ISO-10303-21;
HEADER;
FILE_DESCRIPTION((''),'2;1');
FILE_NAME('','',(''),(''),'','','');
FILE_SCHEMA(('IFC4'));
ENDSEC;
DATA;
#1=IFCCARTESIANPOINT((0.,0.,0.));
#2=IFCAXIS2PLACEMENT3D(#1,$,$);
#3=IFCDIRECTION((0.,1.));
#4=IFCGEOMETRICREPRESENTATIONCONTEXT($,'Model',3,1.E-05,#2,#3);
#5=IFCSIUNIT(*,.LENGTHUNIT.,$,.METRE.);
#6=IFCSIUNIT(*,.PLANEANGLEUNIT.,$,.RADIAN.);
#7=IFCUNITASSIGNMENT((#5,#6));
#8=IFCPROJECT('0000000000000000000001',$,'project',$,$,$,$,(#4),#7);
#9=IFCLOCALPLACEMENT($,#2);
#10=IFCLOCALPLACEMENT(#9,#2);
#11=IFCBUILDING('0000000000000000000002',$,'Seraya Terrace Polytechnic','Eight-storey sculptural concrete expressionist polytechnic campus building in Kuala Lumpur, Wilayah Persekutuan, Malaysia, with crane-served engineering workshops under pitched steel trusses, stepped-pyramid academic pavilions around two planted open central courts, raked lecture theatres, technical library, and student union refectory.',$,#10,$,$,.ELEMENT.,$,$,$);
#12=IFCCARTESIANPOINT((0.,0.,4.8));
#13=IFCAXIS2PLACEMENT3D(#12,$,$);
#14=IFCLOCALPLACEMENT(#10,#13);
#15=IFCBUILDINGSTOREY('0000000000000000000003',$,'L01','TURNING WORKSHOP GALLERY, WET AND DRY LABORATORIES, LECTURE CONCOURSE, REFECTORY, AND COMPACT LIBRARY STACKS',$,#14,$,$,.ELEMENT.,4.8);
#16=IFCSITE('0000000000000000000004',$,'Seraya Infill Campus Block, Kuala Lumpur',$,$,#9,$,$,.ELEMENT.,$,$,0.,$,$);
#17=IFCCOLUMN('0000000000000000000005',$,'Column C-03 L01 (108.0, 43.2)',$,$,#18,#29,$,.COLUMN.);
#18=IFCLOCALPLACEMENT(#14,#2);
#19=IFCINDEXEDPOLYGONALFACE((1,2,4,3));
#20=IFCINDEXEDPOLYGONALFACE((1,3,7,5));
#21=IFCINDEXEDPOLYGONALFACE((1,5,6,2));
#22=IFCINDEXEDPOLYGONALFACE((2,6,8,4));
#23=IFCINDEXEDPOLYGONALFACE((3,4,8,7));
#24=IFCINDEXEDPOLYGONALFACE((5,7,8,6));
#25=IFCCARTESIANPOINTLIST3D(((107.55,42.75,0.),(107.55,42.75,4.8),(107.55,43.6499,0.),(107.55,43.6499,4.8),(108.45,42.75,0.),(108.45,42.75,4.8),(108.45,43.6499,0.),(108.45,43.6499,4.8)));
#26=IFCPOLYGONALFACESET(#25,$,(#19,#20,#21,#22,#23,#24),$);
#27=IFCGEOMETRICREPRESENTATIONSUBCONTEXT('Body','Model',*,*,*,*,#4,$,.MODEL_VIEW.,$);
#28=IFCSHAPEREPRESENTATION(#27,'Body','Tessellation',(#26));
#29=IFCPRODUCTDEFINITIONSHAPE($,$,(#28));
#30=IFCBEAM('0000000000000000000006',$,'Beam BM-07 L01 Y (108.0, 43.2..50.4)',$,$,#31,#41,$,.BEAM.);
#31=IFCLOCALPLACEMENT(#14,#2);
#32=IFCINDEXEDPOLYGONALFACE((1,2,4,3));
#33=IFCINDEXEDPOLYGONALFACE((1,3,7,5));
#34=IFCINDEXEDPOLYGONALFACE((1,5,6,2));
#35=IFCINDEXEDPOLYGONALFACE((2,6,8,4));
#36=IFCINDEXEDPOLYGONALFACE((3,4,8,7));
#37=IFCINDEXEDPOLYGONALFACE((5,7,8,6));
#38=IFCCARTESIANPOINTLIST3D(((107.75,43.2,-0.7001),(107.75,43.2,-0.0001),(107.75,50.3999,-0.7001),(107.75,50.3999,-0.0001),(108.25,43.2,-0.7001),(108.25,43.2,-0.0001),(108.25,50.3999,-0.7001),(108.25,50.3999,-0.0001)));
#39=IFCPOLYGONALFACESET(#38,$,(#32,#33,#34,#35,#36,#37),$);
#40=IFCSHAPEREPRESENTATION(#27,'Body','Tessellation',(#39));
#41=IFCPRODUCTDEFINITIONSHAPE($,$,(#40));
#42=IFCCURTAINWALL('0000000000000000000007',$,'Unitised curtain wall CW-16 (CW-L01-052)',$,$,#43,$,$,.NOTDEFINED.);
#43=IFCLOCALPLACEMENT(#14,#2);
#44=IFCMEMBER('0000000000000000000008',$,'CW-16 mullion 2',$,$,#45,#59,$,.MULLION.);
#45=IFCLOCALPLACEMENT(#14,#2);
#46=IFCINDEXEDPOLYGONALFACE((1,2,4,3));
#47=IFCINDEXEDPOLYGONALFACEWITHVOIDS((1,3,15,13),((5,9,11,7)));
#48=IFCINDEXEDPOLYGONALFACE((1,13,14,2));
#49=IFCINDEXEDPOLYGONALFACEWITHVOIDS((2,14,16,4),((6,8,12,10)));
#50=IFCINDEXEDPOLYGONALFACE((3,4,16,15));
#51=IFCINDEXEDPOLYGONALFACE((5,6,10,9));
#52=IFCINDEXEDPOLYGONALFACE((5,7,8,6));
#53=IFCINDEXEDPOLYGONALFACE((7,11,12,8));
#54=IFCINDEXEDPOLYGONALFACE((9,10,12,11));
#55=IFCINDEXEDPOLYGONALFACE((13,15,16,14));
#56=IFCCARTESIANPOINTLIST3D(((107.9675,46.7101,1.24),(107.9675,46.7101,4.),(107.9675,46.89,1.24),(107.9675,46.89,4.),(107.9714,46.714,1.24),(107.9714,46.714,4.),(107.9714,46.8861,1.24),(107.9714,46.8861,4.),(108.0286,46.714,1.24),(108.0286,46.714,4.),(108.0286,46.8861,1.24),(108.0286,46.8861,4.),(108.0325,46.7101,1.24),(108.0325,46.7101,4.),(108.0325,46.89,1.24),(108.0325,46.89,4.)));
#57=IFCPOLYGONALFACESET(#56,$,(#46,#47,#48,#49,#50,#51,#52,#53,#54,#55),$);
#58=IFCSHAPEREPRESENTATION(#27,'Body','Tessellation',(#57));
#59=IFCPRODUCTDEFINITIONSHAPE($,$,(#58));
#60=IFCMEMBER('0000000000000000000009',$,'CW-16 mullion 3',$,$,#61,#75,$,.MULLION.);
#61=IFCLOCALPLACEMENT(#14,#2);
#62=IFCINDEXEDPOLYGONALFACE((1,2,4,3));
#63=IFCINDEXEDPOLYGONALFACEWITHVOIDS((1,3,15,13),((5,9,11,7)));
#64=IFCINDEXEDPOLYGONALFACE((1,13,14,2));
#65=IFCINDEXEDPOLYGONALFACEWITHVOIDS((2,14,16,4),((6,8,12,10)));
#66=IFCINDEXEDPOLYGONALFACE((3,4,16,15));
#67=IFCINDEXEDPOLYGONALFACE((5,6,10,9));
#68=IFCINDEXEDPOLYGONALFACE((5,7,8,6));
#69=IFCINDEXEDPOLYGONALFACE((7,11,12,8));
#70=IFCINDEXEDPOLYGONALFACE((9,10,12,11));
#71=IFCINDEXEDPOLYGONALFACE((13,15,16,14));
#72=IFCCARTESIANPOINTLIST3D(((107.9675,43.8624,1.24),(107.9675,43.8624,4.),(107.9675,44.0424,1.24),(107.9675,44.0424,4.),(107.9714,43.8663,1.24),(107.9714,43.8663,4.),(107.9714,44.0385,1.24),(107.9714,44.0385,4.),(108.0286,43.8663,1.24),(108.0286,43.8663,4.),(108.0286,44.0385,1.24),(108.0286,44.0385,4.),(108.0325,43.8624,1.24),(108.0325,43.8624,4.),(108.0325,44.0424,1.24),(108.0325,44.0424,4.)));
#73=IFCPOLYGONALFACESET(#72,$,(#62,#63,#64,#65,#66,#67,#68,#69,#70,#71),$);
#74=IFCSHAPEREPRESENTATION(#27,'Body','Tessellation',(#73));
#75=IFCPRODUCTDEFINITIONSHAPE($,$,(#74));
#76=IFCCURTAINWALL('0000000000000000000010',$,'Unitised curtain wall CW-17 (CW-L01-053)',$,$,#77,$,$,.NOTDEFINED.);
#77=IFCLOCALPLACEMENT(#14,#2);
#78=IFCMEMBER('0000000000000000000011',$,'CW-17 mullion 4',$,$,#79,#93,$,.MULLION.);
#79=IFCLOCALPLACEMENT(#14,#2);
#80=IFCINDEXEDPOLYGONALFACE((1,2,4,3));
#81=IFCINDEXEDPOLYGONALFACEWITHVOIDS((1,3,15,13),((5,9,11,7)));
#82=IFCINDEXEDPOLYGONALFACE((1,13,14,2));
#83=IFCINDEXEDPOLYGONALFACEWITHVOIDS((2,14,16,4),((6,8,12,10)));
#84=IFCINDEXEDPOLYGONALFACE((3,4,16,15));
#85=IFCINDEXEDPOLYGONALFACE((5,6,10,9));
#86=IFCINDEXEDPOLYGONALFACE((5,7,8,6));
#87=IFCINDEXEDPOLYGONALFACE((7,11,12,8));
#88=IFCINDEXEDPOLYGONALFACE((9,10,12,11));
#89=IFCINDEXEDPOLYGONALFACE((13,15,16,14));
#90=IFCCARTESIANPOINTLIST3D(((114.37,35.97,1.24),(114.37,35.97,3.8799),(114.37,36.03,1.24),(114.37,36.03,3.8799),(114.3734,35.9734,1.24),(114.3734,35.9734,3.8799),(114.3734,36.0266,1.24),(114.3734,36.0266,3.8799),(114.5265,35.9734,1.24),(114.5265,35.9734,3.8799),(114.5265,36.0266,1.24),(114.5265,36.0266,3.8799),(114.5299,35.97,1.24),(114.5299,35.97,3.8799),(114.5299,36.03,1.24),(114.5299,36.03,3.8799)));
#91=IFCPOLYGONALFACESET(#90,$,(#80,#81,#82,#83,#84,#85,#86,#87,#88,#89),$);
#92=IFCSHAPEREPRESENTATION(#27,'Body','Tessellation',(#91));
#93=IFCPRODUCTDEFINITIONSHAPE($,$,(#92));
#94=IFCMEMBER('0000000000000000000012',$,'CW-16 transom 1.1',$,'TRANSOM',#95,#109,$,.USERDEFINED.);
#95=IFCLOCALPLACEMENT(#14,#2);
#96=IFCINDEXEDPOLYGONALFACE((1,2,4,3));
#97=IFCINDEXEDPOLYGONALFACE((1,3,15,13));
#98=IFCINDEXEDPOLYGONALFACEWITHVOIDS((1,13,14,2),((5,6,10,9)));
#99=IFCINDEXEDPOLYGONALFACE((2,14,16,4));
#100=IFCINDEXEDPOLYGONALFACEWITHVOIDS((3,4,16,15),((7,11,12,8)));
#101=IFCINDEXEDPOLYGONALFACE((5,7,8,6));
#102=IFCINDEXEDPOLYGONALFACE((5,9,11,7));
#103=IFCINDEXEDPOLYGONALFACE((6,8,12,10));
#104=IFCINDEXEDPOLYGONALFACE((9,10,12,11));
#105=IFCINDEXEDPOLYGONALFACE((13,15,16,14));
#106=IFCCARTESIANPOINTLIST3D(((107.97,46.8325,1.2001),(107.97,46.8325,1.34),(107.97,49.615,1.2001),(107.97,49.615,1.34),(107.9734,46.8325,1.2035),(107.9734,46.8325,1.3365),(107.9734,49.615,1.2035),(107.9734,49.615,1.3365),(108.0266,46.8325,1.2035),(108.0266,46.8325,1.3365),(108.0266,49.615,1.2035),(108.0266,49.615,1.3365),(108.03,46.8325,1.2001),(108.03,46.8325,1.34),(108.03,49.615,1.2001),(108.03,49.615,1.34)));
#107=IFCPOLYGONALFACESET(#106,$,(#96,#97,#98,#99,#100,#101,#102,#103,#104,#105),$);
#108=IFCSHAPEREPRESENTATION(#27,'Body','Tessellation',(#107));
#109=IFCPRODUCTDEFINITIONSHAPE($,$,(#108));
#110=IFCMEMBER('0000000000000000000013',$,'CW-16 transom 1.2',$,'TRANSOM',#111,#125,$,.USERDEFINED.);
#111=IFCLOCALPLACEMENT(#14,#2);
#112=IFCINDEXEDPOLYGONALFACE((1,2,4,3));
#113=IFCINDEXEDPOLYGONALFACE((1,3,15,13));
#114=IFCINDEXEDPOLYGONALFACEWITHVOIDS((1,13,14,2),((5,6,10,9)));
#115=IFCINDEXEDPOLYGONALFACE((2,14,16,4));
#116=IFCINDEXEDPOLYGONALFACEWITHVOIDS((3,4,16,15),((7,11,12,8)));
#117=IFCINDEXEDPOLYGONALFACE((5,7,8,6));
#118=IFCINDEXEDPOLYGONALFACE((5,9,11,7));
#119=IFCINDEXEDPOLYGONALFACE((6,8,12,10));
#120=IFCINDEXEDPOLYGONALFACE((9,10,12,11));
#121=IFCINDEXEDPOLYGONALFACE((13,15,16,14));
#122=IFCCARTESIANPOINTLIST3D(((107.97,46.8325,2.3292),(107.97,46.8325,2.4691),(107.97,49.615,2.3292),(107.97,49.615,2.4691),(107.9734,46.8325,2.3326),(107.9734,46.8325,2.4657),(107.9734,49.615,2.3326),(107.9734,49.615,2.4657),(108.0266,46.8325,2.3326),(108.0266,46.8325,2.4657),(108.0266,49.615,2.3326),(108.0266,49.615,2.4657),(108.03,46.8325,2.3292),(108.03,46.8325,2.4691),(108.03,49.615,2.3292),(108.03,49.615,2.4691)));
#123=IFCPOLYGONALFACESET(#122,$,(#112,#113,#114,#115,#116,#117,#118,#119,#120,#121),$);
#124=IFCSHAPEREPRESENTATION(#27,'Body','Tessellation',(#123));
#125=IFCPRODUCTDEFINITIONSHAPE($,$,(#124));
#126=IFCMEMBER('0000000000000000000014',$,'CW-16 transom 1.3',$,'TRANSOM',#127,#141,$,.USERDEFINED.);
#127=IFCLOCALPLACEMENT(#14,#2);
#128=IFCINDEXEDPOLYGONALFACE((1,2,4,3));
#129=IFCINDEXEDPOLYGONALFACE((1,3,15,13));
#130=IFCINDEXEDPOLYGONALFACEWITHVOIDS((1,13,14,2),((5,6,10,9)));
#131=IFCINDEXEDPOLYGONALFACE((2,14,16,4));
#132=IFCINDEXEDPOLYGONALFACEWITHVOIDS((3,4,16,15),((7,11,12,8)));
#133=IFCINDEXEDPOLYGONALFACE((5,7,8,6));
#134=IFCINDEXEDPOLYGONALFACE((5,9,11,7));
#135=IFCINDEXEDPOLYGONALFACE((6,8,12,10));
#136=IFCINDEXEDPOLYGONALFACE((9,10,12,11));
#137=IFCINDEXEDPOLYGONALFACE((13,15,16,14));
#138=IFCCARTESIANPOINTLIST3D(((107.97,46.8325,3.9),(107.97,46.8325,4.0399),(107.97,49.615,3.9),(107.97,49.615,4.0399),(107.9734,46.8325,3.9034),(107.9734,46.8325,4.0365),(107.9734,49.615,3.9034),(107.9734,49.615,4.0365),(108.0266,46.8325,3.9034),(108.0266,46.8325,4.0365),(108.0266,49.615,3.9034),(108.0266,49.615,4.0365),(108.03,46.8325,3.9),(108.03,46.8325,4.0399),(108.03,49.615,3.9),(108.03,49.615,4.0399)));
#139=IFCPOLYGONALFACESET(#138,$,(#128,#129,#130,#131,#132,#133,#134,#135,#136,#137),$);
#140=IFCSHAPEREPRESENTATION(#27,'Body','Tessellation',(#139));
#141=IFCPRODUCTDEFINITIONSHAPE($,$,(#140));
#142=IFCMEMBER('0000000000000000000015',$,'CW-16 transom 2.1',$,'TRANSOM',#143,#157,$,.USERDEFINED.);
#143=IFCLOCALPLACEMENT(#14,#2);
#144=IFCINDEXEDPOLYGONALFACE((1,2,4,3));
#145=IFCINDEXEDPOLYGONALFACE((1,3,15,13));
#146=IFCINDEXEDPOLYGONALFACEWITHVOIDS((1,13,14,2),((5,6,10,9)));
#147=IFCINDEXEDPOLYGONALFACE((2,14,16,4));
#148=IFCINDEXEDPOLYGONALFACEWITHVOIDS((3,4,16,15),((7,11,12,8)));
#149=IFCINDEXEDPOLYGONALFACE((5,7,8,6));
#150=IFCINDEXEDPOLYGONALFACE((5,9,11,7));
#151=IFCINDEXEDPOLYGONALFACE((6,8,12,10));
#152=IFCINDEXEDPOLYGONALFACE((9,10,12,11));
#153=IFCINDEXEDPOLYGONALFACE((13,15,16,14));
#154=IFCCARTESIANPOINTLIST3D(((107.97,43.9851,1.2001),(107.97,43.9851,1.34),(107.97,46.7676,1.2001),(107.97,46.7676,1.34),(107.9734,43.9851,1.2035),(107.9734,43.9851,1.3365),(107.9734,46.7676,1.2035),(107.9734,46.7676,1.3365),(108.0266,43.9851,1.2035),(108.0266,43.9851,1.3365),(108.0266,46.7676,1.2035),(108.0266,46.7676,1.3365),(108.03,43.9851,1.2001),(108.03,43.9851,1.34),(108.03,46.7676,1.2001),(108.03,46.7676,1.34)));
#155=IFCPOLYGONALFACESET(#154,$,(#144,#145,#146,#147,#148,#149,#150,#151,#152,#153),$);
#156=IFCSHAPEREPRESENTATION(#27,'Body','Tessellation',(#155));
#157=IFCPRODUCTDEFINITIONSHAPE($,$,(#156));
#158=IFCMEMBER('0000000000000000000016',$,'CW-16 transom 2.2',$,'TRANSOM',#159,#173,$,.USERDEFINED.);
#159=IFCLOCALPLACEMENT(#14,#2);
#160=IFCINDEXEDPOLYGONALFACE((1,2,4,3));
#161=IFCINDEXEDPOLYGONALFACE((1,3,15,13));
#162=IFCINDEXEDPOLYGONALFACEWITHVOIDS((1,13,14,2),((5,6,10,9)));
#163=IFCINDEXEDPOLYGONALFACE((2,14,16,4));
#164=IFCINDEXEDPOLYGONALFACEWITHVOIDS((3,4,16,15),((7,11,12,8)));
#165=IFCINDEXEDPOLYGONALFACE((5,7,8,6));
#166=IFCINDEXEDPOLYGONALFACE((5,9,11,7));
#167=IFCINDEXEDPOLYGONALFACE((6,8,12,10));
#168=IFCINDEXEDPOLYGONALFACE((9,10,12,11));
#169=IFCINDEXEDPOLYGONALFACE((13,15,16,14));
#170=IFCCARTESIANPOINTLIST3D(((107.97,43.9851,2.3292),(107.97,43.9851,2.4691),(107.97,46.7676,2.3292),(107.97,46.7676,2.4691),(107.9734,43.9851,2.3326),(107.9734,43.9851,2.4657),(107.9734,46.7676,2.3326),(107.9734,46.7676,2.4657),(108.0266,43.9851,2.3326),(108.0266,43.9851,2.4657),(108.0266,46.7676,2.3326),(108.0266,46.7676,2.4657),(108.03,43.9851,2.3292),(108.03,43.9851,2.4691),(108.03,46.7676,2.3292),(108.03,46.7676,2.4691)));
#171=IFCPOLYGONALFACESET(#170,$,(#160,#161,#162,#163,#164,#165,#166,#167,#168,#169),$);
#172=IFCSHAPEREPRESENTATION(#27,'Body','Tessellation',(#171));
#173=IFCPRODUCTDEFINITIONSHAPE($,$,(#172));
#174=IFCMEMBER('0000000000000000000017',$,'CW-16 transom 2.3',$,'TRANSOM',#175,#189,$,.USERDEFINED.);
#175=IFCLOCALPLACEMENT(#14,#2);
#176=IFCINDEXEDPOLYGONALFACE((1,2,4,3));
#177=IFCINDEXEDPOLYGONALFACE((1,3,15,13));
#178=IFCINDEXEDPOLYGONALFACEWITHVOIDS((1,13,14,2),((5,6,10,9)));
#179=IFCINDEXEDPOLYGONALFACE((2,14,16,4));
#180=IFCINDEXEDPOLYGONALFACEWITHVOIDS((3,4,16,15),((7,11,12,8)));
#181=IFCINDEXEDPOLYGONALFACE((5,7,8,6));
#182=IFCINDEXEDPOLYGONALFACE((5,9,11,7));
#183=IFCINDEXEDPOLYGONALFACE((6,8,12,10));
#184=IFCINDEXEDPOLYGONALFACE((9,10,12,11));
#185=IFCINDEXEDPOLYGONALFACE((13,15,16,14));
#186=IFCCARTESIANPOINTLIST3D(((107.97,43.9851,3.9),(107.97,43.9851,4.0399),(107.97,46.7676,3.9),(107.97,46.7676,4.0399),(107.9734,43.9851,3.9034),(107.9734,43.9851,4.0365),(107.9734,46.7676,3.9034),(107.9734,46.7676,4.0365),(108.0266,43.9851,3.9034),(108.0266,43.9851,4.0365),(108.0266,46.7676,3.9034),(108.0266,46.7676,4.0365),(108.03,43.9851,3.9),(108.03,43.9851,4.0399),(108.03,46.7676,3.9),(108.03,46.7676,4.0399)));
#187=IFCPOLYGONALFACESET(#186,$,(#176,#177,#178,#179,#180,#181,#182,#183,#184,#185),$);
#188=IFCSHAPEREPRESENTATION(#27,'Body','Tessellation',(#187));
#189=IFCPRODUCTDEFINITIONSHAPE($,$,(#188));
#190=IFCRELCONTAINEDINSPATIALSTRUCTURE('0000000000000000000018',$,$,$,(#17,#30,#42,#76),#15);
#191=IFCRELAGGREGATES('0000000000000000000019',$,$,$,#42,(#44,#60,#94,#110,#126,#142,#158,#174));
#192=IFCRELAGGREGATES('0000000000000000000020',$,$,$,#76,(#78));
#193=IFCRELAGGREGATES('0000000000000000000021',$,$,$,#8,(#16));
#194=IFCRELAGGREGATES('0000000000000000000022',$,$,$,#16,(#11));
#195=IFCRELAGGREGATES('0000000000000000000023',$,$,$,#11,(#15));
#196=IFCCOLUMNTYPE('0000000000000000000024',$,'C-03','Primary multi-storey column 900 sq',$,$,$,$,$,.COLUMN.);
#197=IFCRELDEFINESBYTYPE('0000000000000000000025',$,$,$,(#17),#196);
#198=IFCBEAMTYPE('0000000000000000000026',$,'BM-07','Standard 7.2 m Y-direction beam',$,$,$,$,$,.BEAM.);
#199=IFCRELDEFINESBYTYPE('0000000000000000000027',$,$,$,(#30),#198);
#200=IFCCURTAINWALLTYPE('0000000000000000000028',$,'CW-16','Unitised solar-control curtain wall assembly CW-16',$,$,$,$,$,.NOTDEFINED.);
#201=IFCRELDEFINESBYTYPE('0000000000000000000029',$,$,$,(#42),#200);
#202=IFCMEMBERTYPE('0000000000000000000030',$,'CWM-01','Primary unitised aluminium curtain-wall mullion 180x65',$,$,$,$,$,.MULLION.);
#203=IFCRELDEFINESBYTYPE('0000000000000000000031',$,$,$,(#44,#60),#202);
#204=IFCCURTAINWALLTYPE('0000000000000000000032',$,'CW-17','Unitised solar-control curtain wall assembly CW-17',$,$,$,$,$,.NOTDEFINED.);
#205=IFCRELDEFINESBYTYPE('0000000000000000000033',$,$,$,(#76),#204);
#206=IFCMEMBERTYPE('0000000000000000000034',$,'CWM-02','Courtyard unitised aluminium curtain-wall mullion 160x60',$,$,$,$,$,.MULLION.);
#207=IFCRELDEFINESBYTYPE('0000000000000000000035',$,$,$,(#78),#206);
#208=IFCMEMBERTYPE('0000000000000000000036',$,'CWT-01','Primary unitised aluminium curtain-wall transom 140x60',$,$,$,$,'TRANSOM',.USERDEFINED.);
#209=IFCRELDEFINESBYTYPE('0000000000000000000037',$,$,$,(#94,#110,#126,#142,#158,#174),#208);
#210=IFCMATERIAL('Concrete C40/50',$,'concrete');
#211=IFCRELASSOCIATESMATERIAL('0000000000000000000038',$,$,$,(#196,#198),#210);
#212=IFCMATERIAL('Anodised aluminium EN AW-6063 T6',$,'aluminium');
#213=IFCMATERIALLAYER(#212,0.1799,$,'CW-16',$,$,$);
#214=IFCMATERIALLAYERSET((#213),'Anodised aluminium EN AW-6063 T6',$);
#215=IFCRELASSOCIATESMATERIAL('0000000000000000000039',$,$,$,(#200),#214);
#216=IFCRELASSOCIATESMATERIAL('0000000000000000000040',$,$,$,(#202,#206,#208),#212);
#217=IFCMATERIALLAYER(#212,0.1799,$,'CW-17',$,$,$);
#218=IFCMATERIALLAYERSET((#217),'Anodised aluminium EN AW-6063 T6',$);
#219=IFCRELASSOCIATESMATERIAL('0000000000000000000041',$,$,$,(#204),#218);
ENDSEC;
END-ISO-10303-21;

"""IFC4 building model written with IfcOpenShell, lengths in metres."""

from ifc_helpers import new_model, si_unit, direction, frame, origin, origin_2d, place, context, subcontext, project, spatial, rectangle, hollow_rectangle, extrude, material, layer, layer_set, material_profile, profile_set, type_object, element, aggregate, save


model = new_model("IFC4")

# Units and contexts
model_context = context("Model", 3, precision=1e-05, world=origin(), true_north=direction((0.0, 1.0)))
body_context = subcontext(model_context, "Body", "Model", "MODEL_VIEW")
ifc_project = project(units=[si_unit("LENGTHUNIT", "METRE"), si_unit("PLANEANGLEUNIT", "RADIAN")], contexts=[model_context])

# Site, building, storey
site_placement = place(None, origin())
site = spatial("IfcSite", under=ifc_project, at=site_placement, Name="Seraya Infill Campus Block, Kuala Lumpur", CompositionType="ELEMENT", RefElevation=0.0)
building_placement = place(site_placement, origin())
building = spatial("IfcBuilding", under=site, at=building_placement, Name="Seraya Terrace Polytechnic", Description="Eight-storey sculptural concrete expressionist polytechnic campus building in Kuala Lumpur, Wilayah Persekutuan, Malaysia, with crane-served engineering workshops under pitched steel trusses, stepped-pyramid academic pavilions around two planted open central courts, raked lecture theatres, technical library, and student union refectory.", CompositionType="ELEMENT")
storey_placement = place(building_placement, frame((0.0, 0.0, 4.8)))
storey = spatial("IfcBuildingStorey", under=building, at=storey_placement, Name="L01", Description="TURNING WORKSHOP GALLERY, WET AND DRY LABORATORIES, LECTURE CONCOURSE, REFECTORY, AND COMPACT LIBRARY STACKS", CompositionType="ELEMENT", Elevation=4.8)

# Column
ifc_material_1 = material(Name="Concrete C40/50", Category="concrete")
ifc_material_profile_1 = material_profile(ifc_material_1, rectangle(XDim=0.8999, YDim=0.8999, at=origin_2d()), Name="RC 900x900")
ifc_profile_set_1 = profile_set([ifc_material_profile_1], Name="Concrete C40/50")
column_type = type_object("IfcColumnType", Name="C-03", Description="Primary multi-storey column 900 sq", PredefinedType="COLUMN", material=ifc_profile_set_1)
column_placement = place(storey_placement, frame((108.0, 43.2, 0.0), z_axis=(0.0, 0.0, 1.0), x_axis=(1.0, 0.0, 0.0)))
element("IfcColumn", 1, at=column_placement, inside=storey, type_object=column_type, Name="Column C-03 L01 (108.0, 43.2)", PredefinedType="COLUMN", context=body_context, shape_type="SweptSolid", body=[
    extrude(rectangle(XDim=0.8999, YDim=0.8999, at=origin_2d()), origin(), (0.0, 0.0, 1.0), 4.8),
])

# Beam
ifc_material_profile_2 = material_profile(ifc_material_1, rectangle(XDim=0.5, YDim=0.7, at=origin_2d()), Name="RC 500x700")
ifc_profile_set_2 = profile_set([ifc_material_profile_2], Name="Concrete C40/50")
beam_type = type_object("IfcBeamType", Name="BM-07", Description="Standard 7.2 m Y-direction beam", PredefinedType="BEAM", material=ifc_profile_set_2)
beam_placement = place(storey_placement, frame((108.0, 43.2, -0.3501), z_axis=(0.0, 1.0, 0.0), x_axis=(-1.0, 0.0, 0.0)))
element("IfcBeam", 2, at=beam_placement, inside=storey, type_object=beam_type, Name="Beam BM-07 L01 Y (108.0, 43.2..50.4)", PredefinedType="BEAM", context=body_context, shape_type="SweptSolid", body=[
    extrude(rectangle(XDim=0.5, YDim=0.7, at=origin_2d()), origin(), (0.0, 0.0, 1.0), 7.2),
])

# Curtain wall, members
ifc_material_2 = material(Name="Anodised aluminium EN AW-6063 T6", Category="aluminium")
ifc_layer_1 = layer(ifc_material_2, 0.1799, Name="CW-16")
ifc_layer_set_1 = layer_set([ifc_layer_1], Name="Anodised aluminium EN AW-6063 T6")
curtain_wall_type_1 = type_object("IfcCurtainWallType", Name="CW-16", Description="Unitised solar-control curtain wall assembly CW-16", PredefinedType="NOTDEFINED", material=ifc_layer_set_1)
curtain_wall_1_placement = place(storey_placement, origin())
curtain_wall_1 = element("IfcCurtainWall", 3, at=curtain_wall_1_placement, inside=storey, type_object=curtain_wall_type_1, Name="Unitised curtain wall CW-16 (CW-L01-052)", PredefinedType="NOTDEFINED")
ifc_material_profile_3 = material_profile(ifc_material_2, hollow_rectangle(XDim=0.0649, YDim=0.1799, WallThickness=0.0039, at=origin_2d()), Name="RHS 180x65x4.0")
ifc_profile_set_3 = profile_set([ifc_material_profile_3], Name="Anodised aluminium EN AW-6063 T6")
member_type_1 = type_object("IfcMemberType", Name="CWM-01", Description="Primary unitised aluminium curtain-wall mullion 180x65", PredefinedType="MULLION", material=ifc_profile_set_3)
member_1_placement = place(storey_placement, frame((108.0, 46.8, 1.24), z_axis=(0.0, 0.0, 1.0), x_axis=(1.0, 0.0, 0.0)))
member_1 = element("IfcMember", 4, at=member_1_placement, type_object=member_type_1, Name="CW-16 mullion 2", PredefinedType="MULLION", context=body_context, shape_type="SweptSolid", body=[
    extrude(hollow_rectangle(XDim=0.0649, YDim=0.1799, WallThickness=0.0039, at=origin_2d()), origin(), (0.0, 0.0, 1.0), 2.76),
])
member_2_placement = place(storey_placement, frame((108.0, 43.9524, 1.24), z_axis=(0.0, 0.0, 1.0), x_axis=(1.0, 0.0, 0.0)))
member_2 = element("IfcMember", 5, at=member_2_placement, type_object=member_type_1, Name="CW-16 mullion 3", PredefinedType="MULLION", context=body_context, shape_type="SweptSolid", body=[
    extrude(hollow_rectangle(XDim=0.0649, YDim=0.1799, WallThickness=0.0039, at=origin_2d()), origin(), (0.0, 0.0, 1.0), 2.76),
])

# Curtain wall, member
ifc_layer_2 = layer(ifc_material_2, 0.1799, Name="CW-17")
ifc_layer_set_2 = layer_set([ifc_layer_2], Name="Anodised aluminium EN AW-6063 T6")
curtain_wall_type_2 = type_object("IfcCurtainWallType", Name="CW-17", Description="Unitised solar-control curtain wall assembly CW-17", PredefinedType="NOTDEFINED", material=ifc_layer_set_2)
curtain_wall_2_placement = place(storey_placement, origin())
curtain_wall_2 = element("IfcCurtainWall", 6, at=curtain_wall_2_placement, inside=storey, type_object=curtain_wall_type_2, Name="Unitised curtain wall CW-17 (CW-L01-053)", PredefinedType="NOTDEFINED")
ifc_material_profile_4 = material_profile(ifc_material_2, hollow_rectangle(XDim=0.0601, YDim=0.1599, WallThickness=0.0034, at=origin_2d()), Name="RHS 160x60x3.5")
ifc_profile_set_4 = profile_set([ifc_material_profile_4], Name="Anodised aluminium EN AW-6063 T6")
member_type_2 = type_object("IfcMemberType", Name="CWM-02", Description="Courtyard unitised aluminium curtain-wall mullion 160x60", PredefinedType="MULLION", material=ifc_profile_set_4)
member_3_placement = place(storey_placement, frame((114.45, 36.0, 1.24), z_axis=(0.0, 0.0, 1.0), x_axis=(0.0, 1.0, 0.0)))
member_3 = element("IfcMember", 7, at=member_3_placement, type_object=member_type_2, Name="CW-17 mullion 4", PredefinedType="MULLION", context=body_context, shape_type="SweptSolid", body=[
    extrude(hollow_rectangle(XDim=0.0601, YDim=0.1599, WallThickness=0.0034, at=origin_2d()), origin(), (0.0, 0.0, 1.0), 2.6399),
])

# Members
ifc_material_profile_5 = material_profile(ifc_material_2, hollow_rectangle(XDim=0.0601, YDim=0.1399, WallThickness=0.0034, at=origin_2d()), Name="RHS 140x60x3.5")
ifc_profile_set_5 = profile_set([ifc_material_profile_5], Name="Anodised aluminium EN AW-6063 T6")
member_type_3 = type_object("IfcMemberType", Name="CWT-01", Description="Primary unitised aluminium curtain-wall transom 140x60", ElementType="TRANSOM", PredefinedType="USERDEFINED", material=ifc_profile_set_5)
member_4_placement = place(storey_placement, frame((108.0, 49.615, 1.27), z_axis=(0.0, -1.0, 0.0), x_axis=(1.0, 0.0, 0.0)))
member_4 = element("IfcMember", 8, at=member_4_placement, type_object=member_type_3, Name="CW-16 transom 1.1", ObjectType="TRANSOM", PredefinedType="USERDEFINED", context=body_context, shape_type="SweptSolid", body=[
    extrude(hollow_rectangle(XDim=0.0601, YDim=0.1399, WallThickness=0.0034, at=origin_2d()), origin(), (0.0, 0.0, 1.0), 2.7825),
])
member_5_placement = place(storey_placement, frame((108.0, 49.615, 2.3992), z_axis=(0.0, -1.0, 0.0), x_axis=(1.0, 0.0, 0.0)))
member_5 = element("IfcMember", 9, at=member_5_placement, type_object=member_type_3, Name="CW-16 transom 1.2", ObjectType="TRANSOM", PredefinedType="USERDEFINED", context=body_context, shape_type="SweptSolid", body=[
    extrude(hollow_rectangle(XDim=0.0601, YDim=0.1399, WallThickness=0.0034, at=origin_2d()), origin(), (0.0, 0.0, 1.0), 2.7825),
])
member_6_placement = place(storey_placement, frame((108.0, 49.615, 3.97), z_axis=(0.0, -1.0, 0.0), x_axis=(1.0, 0.0, 0.0)))
member_6 = element("IfcMember", 10, at=member_6_placement, type_object=member_type_3, Name="CW-16 transom 1.3", ObjectType="TRANSOM", PredefinedType="USERDEFINED", context=body_context, shape_type="SweptSolid", body=[
    extrude(hollow_rectangle(XDim=0.0601, YDim=0.1399, WallThickness=0.0034, at=origin_2d()), origin(), (0.0, 0.0, 1.0), 2.7825),
])
member_7_placement = place(storey_placement, frame((108.0, 46.7676, 1.27), z_axis=(0.0, -1.0, 0.0), x_axis=(1.0, 0.0, 0.0)))
member_7 = element("IfcMember", 11, at=member_7_placement, type_object=member_type_3, Name="CW-16 transom 2.1", ObjectType="TRANSOM", PredefinedType="USERDEFINED", context=body_context, shape_type="SweptSolid", body=[
    extrude(hollow_rectangle(XDim=0.0601, YDim=0.1399, WallThickness=0.0034, at=origin_2d()), origin(), (0.0, 0.0, 1.0), 2.7825),
])
member_8_placement = place(storey_placement, frame((108.0, 46.7676, 2.3992), z_axis=(0.0, -1.0, 0.0), x_axis=(1.0, 0.0, 0.0)))
member_8 = element("IfcMember", 12, at=member_8_placement, type_object=member_type_3, Name="CW-16 transom 2.2", ObjectType="TRANSOM", PredefinedType="USERDEFINED", context=body_context, shape_type="SweptSolid", body=[
    extrude(hollow_rectangle(XDim=0.0601, YDim=0.1399, WallThickness=0.0034, at=origin_2d()), origin(), (0.0, 0.0, 1.0), 2.7825),
])
member_9_placement = place(storey_placement, frame((108.0, 46.7676, 3.97), z_axis=(0.0, -1.0, 0.0), x_axis=(1.0, 0.0, 0.0)))
member_9 = element("IfcMember", 13, at=member_9_placement, type_object=member_type_3, Name="CW-16 transom 2.3", ObjectType="TRANSOM", PredefinedType="USERDEFINED", context=body_context, shape_type="SweptSolid", body=[
    extrude(hollow_rectangle(XDim=0.0601, YDim=0.1399, WallThickness=0.0034, at=origin_2d()), origin(), (0.0, 0.0, 1.0), 2.7825),
])

aggregate(curtain_wall_1, [member_1, member_2, member_4, member_5, member_6, member_7, member_8, member_9])
aggregate(curtain_wall_2, [member_3])

save(model, "model.ifc")
